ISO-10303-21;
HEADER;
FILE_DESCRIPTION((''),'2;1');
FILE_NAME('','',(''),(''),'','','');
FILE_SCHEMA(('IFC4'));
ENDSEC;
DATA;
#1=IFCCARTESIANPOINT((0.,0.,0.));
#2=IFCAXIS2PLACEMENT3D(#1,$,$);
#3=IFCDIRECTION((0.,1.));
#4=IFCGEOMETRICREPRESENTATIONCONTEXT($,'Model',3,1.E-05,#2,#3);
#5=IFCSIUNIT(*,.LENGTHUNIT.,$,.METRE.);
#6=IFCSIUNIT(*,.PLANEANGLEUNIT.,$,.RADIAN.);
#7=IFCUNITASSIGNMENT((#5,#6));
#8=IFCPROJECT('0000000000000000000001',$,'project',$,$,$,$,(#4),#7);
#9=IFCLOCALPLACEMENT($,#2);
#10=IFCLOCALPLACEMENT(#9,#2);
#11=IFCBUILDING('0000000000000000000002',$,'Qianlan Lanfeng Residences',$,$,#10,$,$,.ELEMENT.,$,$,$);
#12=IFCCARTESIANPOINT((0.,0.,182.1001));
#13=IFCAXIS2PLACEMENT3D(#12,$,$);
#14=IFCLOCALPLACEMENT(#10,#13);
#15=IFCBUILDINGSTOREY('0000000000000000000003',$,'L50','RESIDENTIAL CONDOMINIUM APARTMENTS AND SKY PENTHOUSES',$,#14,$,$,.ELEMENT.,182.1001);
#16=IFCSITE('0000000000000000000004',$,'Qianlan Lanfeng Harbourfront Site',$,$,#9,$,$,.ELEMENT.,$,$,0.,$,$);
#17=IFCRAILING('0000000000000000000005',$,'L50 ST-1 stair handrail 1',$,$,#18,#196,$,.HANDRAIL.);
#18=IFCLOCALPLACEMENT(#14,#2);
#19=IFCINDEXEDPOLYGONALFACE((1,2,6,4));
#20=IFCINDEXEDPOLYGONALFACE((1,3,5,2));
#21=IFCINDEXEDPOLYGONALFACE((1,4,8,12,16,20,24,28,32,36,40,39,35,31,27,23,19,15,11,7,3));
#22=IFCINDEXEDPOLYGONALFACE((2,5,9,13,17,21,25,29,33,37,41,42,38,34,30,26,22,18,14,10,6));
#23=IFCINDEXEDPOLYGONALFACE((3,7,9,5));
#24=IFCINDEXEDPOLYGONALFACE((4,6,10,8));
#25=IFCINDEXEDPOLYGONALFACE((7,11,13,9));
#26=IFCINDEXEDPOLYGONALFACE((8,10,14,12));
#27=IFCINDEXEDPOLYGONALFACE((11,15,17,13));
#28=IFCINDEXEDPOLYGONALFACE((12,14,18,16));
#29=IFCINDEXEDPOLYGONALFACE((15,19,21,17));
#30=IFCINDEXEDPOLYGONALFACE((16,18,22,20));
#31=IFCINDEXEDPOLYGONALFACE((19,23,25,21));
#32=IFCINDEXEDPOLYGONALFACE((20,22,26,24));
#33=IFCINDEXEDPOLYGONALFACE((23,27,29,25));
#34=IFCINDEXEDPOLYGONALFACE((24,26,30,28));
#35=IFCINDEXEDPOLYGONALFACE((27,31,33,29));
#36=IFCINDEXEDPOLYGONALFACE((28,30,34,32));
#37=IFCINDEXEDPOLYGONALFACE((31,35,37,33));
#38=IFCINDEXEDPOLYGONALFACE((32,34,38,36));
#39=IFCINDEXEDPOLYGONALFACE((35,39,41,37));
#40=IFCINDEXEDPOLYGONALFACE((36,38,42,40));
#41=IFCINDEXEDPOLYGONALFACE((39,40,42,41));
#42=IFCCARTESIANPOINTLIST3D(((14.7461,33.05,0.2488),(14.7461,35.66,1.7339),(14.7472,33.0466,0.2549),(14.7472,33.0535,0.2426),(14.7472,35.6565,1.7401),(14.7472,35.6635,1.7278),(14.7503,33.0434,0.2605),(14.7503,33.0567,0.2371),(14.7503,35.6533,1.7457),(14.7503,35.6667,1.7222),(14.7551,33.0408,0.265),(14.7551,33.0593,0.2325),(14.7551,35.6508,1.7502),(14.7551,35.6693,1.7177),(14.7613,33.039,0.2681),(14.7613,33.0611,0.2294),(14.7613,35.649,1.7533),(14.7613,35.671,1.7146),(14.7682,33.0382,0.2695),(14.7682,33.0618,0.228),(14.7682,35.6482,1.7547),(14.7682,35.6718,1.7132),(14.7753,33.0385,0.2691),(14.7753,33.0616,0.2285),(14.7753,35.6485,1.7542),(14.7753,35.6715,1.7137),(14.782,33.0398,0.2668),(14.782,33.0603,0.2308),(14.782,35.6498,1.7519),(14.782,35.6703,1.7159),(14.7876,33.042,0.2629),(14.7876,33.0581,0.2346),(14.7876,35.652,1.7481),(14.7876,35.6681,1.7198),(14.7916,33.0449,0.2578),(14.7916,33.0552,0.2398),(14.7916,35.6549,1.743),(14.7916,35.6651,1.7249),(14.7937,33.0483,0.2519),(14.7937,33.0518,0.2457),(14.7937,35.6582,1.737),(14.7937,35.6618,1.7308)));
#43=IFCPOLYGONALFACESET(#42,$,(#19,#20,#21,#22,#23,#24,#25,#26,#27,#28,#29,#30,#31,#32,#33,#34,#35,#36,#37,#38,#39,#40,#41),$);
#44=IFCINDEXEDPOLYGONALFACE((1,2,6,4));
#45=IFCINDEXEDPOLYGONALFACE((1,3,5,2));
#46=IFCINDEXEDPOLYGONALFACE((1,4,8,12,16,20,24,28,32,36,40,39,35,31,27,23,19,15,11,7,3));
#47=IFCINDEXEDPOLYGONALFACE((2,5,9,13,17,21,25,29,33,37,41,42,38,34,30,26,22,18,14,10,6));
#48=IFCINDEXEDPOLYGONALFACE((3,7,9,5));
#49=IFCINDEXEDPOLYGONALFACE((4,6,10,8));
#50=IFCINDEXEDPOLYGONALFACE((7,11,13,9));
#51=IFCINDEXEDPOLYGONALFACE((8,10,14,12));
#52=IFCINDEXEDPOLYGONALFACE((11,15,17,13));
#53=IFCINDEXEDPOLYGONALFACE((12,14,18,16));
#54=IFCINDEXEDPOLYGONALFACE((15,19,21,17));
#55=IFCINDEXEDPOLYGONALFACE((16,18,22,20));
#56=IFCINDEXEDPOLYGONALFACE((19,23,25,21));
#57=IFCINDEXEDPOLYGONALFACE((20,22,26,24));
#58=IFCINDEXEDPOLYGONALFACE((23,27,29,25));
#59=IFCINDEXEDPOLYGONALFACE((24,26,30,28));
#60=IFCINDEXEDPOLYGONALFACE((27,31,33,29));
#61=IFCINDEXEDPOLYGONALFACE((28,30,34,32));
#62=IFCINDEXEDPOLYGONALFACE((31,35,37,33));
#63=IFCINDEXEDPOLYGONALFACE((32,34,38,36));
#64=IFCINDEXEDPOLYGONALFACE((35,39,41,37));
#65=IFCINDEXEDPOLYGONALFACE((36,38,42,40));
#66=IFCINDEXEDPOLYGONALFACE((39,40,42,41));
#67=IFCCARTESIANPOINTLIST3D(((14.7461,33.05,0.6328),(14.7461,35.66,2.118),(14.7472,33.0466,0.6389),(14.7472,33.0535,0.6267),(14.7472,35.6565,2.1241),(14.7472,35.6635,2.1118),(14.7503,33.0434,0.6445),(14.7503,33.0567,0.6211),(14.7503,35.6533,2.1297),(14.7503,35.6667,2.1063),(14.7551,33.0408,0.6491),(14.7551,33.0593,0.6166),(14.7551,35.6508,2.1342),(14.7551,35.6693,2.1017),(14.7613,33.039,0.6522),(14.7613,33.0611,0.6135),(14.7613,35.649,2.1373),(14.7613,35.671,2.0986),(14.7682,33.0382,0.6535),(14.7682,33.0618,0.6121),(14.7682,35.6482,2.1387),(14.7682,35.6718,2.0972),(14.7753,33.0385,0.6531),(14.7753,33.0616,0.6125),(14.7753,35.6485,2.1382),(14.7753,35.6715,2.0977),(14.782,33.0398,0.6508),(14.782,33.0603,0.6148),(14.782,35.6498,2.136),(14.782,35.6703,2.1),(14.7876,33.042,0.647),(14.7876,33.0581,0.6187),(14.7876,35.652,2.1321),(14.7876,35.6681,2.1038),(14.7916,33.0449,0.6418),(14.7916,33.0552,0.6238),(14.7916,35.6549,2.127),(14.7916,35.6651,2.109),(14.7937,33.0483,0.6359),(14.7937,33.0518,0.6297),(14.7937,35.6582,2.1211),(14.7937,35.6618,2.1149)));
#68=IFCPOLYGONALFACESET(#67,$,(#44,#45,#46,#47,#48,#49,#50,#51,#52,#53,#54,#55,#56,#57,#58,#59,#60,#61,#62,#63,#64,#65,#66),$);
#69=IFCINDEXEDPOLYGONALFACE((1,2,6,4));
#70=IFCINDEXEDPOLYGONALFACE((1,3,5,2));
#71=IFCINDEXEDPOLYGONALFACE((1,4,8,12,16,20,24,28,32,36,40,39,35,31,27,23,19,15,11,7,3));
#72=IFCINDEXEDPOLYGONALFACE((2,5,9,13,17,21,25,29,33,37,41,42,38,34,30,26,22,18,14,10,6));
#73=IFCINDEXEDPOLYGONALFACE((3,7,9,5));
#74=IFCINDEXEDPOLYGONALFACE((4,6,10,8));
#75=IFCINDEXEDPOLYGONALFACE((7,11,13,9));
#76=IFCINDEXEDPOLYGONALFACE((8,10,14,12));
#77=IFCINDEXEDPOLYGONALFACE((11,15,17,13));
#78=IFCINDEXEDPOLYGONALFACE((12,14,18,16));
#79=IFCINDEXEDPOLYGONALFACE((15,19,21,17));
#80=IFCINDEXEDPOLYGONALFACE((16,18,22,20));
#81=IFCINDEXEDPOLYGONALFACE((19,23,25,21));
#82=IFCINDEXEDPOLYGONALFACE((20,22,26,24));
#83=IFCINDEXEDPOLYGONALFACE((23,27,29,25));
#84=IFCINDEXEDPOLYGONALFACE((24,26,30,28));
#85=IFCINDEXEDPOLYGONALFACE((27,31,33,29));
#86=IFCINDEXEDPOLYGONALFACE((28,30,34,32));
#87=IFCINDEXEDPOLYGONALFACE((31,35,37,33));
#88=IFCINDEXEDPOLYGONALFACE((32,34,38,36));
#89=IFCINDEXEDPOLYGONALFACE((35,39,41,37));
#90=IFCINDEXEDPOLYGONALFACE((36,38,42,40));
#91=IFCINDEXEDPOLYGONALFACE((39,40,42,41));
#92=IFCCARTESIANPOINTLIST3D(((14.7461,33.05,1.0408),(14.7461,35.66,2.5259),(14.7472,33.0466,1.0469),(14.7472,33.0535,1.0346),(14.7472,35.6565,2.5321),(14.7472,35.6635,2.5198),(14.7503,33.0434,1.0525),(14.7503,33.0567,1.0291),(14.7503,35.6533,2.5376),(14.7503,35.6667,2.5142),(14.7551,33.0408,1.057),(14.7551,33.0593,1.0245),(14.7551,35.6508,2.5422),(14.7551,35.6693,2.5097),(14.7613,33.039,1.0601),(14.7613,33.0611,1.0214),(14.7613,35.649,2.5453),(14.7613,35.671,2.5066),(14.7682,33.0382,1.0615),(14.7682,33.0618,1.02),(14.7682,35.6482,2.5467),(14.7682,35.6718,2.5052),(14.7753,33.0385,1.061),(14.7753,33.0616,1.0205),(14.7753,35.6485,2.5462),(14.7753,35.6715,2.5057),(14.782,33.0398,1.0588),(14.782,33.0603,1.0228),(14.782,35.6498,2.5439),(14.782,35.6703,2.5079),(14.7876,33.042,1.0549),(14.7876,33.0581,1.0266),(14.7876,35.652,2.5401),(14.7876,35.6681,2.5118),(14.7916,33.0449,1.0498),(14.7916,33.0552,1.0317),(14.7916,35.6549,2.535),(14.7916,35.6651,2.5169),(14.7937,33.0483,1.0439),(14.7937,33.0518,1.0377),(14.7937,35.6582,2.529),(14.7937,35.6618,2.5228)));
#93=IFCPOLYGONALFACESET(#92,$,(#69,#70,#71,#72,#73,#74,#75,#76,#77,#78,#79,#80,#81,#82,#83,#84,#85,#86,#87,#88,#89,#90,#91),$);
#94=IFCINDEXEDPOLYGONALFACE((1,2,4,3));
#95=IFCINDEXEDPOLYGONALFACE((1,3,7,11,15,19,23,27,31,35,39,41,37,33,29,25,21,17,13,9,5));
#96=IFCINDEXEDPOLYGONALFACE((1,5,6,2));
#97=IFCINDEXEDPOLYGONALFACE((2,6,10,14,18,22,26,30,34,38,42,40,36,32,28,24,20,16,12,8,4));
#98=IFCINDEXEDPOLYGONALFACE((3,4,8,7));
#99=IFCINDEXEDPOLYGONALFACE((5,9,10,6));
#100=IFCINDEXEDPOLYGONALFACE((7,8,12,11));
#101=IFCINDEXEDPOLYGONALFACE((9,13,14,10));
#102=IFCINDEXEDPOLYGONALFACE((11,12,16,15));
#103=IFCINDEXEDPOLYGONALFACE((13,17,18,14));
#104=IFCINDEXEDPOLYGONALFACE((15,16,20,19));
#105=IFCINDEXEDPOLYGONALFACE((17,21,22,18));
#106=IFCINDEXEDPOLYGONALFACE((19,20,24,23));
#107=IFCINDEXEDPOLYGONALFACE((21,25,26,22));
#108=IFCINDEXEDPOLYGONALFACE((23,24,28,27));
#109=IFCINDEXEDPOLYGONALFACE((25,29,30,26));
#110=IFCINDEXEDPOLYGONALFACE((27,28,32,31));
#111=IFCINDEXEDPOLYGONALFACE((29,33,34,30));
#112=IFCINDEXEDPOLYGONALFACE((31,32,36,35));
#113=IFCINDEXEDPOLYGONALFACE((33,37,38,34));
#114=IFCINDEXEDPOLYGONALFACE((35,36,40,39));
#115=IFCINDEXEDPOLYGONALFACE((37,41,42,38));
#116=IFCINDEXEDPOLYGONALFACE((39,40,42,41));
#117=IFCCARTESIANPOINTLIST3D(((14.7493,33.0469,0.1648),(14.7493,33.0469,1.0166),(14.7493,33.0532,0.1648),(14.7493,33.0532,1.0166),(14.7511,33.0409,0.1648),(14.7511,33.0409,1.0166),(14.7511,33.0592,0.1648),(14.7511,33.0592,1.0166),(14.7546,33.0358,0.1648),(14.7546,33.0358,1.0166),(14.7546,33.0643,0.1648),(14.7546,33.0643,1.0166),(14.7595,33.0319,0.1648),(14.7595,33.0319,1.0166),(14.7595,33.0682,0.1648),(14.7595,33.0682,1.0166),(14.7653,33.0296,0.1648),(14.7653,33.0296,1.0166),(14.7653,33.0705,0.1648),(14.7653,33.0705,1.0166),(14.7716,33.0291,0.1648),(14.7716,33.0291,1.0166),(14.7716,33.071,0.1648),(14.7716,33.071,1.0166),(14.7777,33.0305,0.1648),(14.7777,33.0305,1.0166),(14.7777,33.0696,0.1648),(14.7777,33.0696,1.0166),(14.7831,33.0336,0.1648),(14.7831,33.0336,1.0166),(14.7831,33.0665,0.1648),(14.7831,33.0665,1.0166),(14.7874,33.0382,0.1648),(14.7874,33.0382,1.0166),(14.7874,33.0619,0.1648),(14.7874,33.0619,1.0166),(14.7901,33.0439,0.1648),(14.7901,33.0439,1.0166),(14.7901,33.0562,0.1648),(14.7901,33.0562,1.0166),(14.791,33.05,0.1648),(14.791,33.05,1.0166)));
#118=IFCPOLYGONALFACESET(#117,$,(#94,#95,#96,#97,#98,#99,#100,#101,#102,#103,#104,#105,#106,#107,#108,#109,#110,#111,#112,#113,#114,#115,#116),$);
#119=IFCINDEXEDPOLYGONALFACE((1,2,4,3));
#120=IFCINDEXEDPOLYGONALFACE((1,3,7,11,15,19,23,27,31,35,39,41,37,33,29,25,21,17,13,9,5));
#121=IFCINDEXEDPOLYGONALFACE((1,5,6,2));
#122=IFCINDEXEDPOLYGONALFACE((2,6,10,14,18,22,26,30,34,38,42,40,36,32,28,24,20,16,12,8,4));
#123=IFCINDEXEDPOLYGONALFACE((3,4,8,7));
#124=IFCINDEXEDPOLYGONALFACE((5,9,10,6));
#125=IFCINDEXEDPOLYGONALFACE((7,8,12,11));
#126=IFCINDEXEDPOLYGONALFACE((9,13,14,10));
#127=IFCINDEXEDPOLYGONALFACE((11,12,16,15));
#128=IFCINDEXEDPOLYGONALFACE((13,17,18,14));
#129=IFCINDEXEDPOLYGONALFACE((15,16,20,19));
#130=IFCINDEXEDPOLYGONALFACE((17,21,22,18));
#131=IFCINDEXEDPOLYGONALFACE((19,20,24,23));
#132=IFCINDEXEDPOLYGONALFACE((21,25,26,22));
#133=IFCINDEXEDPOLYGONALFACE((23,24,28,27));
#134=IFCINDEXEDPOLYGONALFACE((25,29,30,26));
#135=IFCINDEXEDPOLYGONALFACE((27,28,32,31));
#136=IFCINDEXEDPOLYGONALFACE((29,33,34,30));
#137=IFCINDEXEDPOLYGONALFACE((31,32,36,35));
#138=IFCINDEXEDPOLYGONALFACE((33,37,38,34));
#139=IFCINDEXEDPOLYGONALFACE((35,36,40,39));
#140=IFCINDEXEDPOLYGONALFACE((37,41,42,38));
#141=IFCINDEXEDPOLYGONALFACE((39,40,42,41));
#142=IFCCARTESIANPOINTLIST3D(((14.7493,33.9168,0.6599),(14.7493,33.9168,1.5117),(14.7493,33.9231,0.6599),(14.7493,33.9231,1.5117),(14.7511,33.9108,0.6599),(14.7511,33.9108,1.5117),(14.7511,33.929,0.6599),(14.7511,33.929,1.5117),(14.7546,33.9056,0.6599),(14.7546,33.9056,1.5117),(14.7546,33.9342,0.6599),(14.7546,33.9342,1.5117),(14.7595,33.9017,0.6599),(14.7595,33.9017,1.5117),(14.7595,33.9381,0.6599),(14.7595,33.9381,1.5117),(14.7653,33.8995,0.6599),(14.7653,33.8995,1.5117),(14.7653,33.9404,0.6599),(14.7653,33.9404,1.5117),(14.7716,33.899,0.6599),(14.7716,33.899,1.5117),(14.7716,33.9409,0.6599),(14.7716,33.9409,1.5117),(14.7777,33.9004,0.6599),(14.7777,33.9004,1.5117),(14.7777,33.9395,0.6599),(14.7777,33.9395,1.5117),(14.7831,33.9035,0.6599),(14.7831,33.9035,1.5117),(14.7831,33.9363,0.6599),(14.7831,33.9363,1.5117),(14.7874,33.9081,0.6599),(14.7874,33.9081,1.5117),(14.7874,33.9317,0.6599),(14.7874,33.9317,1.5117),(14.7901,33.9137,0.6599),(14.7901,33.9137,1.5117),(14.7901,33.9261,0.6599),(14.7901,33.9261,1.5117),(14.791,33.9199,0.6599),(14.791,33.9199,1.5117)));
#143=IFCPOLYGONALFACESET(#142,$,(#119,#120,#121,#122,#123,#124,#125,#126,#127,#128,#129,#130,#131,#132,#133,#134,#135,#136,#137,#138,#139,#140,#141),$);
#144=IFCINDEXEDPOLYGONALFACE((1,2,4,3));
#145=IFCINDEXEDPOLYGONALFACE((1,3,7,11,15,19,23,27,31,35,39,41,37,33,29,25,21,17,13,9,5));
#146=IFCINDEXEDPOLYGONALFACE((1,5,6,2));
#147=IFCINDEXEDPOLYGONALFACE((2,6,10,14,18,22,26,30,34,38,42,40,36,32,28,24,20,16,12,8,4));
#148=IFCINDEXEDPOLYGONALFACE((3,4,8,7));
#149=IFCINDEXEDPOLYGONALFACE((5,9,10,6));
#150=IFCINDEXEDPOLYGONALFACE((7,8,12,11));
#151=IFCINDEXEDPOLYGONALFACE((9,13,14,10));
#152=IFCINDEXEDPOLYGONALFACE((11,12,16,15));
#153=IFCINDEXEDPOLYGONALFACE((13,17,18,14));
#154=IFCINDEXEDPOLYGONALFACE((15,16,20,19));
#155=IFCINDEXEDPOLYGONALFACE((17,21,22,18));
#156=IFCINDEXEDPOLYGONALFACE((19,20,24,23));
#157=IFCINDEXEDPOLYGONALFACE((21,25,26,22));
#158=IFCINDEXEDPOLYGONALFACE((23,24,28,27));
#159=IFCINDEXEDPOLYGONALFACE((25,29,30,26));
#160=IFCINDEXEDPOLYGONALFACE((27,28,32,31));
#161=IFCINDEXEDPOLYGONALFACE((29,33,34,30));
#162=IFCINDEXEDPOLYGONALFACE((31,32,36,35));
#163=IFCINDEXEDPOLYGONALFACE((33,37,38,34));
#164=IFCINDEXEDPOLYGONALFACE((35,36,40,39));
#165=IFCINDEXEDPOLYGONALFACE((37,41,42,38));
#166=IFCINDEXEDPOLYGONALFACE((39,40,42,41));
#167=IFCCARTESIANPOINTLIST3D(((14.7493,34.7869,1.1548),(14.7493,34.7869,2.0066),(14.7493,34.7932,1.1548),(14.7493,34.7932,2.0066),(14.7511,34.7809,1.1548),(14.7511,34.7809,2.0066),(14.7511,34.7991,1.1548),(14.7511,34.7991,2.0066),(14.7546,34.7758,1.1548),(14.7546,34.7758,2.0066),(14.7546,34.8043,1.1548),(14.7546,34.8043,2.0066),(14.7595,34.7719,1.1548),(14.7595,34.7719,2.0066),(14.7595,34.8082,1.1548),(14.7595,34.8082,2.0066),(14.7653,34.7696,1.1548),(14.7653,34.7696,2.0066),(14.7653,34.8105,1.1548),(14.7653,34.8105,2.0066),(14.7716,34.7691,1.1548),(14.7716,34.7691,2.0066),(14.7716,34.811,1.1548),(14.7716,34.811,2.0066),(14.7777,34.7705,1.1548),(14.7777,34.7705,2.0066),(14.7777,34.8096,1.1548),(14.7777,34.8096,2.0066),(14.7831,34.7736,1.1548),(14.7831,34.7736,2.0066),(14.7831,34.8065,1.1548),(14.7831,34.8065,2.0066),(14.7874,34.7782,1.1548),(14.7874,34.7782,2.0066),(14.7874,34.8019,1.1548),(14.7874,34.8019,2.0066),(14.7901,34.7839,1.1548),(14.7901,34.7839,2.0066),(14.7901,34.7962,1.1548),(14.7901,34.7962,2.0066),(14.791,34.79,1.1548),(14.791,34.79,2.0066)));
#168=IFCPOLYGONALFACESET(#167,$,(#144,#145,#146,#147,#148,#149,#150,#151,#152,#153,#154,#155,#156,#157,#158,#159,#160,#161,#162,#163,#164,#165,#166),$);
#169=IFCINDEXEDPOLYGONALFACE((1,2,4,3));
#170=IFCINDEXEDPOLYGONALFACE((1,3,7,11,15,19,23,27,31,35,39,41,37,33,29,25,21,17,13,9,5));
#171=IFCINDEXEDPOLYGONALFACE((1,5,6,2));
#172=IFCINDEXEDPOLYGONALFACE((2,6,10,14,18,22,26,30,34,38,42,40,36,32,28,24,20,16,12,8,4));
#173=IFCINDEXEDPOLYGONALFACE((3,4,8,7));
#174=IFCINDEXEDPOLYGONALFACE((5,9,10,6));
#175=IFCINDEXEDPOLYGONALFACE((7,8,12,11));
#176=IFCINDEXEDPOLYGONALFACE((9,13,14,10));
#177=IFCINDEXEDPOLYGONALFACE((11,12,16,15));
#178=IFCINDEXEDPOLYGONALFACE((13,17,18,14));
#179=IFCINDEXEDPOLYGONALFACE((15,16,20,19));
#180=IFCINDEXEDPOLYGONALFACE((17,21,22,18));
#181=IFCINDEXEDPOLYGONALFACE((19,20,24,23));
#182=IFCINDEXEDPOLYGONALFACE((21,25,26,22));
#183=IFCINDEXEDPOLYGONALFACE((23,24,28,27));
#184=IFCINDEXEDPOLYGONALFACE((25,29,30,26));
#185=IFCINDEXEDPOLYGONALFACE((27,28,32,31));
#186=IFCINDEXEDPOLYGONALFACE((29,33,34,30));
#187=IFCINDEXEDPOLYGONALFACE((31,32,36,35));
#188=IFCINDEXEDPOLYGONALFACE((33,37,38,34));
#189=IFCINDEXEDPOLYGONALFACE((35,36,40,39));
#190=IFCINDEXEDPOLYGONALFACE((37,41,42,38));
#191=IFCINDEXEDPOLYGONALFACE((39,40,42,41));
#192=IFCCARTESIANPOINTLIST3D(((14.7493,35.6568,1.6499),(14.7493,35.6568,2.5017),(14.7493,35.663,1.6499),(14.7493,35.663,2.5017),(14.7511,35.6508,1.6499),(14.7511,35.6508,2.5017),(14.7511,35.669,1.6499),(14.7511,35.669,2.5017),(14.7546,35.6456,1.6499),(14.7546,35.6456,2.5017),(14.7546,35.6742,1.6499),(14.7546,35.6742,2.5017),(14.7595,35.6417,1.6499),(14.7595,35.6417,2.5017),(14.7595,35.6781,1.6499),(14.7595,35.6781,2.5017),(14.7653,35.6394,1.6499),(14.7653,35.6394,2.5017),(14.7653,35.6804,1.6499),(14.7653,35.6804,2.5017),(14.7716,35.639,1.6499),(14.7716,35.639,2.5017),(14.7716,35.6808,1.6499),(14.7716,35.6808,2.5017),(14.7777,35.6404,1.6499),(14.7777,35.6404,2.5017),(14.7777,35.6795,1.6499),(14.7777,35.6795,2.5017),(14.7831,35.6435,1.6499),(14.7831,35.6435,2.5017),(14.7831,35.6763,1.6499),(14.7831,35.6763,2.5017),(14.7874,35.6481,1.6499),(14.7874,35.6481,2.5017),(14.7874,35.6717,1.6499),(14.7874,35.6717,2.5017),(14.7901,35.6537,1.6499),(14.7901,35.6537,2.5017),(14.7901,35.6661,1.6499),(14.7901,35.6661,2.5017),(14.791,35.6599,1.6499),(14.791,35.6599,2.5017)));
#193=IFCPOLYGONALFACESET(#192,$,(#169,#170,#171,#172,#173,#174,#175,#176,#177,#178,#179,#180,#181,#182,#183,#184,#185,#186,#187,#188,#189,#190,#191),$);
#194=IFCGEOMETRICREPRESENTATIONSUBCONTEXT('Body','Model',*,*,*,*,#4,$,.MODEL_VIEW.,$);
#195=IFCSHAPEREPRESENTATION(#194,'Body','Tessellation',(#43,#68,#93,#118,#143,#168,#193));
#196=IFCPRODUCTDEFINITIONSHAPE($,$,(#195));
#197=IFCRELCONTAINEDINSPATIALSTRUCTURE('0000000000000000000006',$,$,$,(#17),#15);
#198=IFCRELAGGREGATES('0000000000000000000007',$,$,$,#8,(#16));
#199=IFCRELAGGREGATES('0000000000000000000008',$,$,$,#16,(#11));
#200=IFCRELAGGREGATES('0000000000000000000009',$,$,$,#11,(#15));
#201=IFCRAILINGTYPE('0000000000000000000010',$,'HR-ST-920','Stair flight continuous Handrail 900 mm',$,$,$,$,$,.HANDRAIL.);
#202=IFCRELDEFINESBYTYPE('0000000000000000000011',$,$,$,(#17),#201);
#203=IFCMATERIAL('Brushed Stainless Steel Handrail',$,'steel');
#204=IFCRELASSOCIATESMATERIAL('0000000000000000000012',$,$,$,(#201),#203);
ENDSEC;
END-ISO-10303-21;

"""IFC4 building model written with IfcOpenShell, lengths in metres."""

from ifc_helpers import new_model, si_unit, direction, frame, origin, origin_2d, place, context, subcontext, project, spatial, circle, extrude, material, type_object, element, save


model = new_model("IFC4")

# Units and contexts
model_context = context("Model", 3, precision=1e-05, world=origin(), true_north=direction((0.0, 1.0)))
body_context = subcontext(model_context, "Body", "Model", "MODEL_VIEW")
ifc_project = project(units=[si_unit("LENGTHUNIT", "METRE"), si_unit("PLANEANGLEUNIT", "RADIAN")], contexts=[model_context])

# Site, building, storey
site_placement = place(None, origin())
site = spatial("IfcSite", under=ifc_project, at=site_placement, Name="Qianlan Lanfeng Harbourfront Site", CompositionType="ELEMENT", RefElevation=0.0)
building_placement = place(site_placement, origin())
building = spatial("IfcBuilding", under=site, at=building_placement, Name="Qianlan Lanfeng Residences", CompositionType="ELEMENT")
storey_placement = place(building_placement, frame((0.0, 0.0, 182.1001)))
storey = spatial("IfcBuildingStorey", under=building, at=storey_placement, Name="L50", Description="RESIDENTIAL CONDOMINIUM APARTMENTS AND SKY PENTHOUSES", CompositionType="ELEMENT", Elevation=182.1001)

# Railing
ifc_material_1 = material(Name="Brushed Stainless Steel Handrail", Category="steel")
railing_type_1 = type_object("IfcRailingType", Name="HR-ST-920", Description="Stair flight continuous Handrail 900 mm", PredefinedType="HANDRAIL", material=ifc_material_1)
railing_1_placement = place(storey_placement, frame((14.77, 33.05, 0.1648)))
element("IfcRailing", 1, at=railing_1_placement, inside=storey, type_object=railing_type_1, Name="L50 ST-1 stair handrail 1", PredefinedType="HANDRAIL", context=body_context, shape_type="SweptSolid", body=[
    extrude(circle(Radius=0.0239, at=origin_2d()), frame((0.0, 0.0, 0.084), z_axis=(0.0, 0.869137, 0.494571), x_axis=(-1.0, 0.0, 0.0)), (0.0, 0.0, 1.0), 3.0029),
    extrude(circle(Radius=0.0239, at=origin_2d()), frame((0.0, 0.0, 0.468), z_axis=(0.0, 0.869137, 0.494571), x_axis=(-1.0, 0.0, 0.0)), (0.0, 0.0, 1.0), 3.0029),
    extrude(circle(Radius=0.0239, at=origin_2d()), frame((0.0, 0.0, 0.876), z_axis=(0.0, 0.869137, 0.494571), x_axis=(-1.0, 0.0, 0.0)), (0.0, 0.0, 1.0), 3.0029),
    extrude(circle(Radius=0.021, at=origin_2d()), origin(), (0.0, 0.0, 1.0), 0.8518),
    extrude(circle(Radius=0.021, at=origin_2d()), frame((0.0, 0.8699, 0.4951)), (0.0, 0.0, 1.0), 0.8518),
    extrude(circle(Radius=0.021, at=origin_2d()), frame((0.0, 1.74, 0.99)), (0.0, 0.0, 1.0), 0.8518),
    extrude(circle(Radius=0.021, at=origin_2d()), frame((0.0, 2.6099, 1.4851)), (0.0, 0.0, 1.0), 0.8518),
])

save(model, "model.ifc")
